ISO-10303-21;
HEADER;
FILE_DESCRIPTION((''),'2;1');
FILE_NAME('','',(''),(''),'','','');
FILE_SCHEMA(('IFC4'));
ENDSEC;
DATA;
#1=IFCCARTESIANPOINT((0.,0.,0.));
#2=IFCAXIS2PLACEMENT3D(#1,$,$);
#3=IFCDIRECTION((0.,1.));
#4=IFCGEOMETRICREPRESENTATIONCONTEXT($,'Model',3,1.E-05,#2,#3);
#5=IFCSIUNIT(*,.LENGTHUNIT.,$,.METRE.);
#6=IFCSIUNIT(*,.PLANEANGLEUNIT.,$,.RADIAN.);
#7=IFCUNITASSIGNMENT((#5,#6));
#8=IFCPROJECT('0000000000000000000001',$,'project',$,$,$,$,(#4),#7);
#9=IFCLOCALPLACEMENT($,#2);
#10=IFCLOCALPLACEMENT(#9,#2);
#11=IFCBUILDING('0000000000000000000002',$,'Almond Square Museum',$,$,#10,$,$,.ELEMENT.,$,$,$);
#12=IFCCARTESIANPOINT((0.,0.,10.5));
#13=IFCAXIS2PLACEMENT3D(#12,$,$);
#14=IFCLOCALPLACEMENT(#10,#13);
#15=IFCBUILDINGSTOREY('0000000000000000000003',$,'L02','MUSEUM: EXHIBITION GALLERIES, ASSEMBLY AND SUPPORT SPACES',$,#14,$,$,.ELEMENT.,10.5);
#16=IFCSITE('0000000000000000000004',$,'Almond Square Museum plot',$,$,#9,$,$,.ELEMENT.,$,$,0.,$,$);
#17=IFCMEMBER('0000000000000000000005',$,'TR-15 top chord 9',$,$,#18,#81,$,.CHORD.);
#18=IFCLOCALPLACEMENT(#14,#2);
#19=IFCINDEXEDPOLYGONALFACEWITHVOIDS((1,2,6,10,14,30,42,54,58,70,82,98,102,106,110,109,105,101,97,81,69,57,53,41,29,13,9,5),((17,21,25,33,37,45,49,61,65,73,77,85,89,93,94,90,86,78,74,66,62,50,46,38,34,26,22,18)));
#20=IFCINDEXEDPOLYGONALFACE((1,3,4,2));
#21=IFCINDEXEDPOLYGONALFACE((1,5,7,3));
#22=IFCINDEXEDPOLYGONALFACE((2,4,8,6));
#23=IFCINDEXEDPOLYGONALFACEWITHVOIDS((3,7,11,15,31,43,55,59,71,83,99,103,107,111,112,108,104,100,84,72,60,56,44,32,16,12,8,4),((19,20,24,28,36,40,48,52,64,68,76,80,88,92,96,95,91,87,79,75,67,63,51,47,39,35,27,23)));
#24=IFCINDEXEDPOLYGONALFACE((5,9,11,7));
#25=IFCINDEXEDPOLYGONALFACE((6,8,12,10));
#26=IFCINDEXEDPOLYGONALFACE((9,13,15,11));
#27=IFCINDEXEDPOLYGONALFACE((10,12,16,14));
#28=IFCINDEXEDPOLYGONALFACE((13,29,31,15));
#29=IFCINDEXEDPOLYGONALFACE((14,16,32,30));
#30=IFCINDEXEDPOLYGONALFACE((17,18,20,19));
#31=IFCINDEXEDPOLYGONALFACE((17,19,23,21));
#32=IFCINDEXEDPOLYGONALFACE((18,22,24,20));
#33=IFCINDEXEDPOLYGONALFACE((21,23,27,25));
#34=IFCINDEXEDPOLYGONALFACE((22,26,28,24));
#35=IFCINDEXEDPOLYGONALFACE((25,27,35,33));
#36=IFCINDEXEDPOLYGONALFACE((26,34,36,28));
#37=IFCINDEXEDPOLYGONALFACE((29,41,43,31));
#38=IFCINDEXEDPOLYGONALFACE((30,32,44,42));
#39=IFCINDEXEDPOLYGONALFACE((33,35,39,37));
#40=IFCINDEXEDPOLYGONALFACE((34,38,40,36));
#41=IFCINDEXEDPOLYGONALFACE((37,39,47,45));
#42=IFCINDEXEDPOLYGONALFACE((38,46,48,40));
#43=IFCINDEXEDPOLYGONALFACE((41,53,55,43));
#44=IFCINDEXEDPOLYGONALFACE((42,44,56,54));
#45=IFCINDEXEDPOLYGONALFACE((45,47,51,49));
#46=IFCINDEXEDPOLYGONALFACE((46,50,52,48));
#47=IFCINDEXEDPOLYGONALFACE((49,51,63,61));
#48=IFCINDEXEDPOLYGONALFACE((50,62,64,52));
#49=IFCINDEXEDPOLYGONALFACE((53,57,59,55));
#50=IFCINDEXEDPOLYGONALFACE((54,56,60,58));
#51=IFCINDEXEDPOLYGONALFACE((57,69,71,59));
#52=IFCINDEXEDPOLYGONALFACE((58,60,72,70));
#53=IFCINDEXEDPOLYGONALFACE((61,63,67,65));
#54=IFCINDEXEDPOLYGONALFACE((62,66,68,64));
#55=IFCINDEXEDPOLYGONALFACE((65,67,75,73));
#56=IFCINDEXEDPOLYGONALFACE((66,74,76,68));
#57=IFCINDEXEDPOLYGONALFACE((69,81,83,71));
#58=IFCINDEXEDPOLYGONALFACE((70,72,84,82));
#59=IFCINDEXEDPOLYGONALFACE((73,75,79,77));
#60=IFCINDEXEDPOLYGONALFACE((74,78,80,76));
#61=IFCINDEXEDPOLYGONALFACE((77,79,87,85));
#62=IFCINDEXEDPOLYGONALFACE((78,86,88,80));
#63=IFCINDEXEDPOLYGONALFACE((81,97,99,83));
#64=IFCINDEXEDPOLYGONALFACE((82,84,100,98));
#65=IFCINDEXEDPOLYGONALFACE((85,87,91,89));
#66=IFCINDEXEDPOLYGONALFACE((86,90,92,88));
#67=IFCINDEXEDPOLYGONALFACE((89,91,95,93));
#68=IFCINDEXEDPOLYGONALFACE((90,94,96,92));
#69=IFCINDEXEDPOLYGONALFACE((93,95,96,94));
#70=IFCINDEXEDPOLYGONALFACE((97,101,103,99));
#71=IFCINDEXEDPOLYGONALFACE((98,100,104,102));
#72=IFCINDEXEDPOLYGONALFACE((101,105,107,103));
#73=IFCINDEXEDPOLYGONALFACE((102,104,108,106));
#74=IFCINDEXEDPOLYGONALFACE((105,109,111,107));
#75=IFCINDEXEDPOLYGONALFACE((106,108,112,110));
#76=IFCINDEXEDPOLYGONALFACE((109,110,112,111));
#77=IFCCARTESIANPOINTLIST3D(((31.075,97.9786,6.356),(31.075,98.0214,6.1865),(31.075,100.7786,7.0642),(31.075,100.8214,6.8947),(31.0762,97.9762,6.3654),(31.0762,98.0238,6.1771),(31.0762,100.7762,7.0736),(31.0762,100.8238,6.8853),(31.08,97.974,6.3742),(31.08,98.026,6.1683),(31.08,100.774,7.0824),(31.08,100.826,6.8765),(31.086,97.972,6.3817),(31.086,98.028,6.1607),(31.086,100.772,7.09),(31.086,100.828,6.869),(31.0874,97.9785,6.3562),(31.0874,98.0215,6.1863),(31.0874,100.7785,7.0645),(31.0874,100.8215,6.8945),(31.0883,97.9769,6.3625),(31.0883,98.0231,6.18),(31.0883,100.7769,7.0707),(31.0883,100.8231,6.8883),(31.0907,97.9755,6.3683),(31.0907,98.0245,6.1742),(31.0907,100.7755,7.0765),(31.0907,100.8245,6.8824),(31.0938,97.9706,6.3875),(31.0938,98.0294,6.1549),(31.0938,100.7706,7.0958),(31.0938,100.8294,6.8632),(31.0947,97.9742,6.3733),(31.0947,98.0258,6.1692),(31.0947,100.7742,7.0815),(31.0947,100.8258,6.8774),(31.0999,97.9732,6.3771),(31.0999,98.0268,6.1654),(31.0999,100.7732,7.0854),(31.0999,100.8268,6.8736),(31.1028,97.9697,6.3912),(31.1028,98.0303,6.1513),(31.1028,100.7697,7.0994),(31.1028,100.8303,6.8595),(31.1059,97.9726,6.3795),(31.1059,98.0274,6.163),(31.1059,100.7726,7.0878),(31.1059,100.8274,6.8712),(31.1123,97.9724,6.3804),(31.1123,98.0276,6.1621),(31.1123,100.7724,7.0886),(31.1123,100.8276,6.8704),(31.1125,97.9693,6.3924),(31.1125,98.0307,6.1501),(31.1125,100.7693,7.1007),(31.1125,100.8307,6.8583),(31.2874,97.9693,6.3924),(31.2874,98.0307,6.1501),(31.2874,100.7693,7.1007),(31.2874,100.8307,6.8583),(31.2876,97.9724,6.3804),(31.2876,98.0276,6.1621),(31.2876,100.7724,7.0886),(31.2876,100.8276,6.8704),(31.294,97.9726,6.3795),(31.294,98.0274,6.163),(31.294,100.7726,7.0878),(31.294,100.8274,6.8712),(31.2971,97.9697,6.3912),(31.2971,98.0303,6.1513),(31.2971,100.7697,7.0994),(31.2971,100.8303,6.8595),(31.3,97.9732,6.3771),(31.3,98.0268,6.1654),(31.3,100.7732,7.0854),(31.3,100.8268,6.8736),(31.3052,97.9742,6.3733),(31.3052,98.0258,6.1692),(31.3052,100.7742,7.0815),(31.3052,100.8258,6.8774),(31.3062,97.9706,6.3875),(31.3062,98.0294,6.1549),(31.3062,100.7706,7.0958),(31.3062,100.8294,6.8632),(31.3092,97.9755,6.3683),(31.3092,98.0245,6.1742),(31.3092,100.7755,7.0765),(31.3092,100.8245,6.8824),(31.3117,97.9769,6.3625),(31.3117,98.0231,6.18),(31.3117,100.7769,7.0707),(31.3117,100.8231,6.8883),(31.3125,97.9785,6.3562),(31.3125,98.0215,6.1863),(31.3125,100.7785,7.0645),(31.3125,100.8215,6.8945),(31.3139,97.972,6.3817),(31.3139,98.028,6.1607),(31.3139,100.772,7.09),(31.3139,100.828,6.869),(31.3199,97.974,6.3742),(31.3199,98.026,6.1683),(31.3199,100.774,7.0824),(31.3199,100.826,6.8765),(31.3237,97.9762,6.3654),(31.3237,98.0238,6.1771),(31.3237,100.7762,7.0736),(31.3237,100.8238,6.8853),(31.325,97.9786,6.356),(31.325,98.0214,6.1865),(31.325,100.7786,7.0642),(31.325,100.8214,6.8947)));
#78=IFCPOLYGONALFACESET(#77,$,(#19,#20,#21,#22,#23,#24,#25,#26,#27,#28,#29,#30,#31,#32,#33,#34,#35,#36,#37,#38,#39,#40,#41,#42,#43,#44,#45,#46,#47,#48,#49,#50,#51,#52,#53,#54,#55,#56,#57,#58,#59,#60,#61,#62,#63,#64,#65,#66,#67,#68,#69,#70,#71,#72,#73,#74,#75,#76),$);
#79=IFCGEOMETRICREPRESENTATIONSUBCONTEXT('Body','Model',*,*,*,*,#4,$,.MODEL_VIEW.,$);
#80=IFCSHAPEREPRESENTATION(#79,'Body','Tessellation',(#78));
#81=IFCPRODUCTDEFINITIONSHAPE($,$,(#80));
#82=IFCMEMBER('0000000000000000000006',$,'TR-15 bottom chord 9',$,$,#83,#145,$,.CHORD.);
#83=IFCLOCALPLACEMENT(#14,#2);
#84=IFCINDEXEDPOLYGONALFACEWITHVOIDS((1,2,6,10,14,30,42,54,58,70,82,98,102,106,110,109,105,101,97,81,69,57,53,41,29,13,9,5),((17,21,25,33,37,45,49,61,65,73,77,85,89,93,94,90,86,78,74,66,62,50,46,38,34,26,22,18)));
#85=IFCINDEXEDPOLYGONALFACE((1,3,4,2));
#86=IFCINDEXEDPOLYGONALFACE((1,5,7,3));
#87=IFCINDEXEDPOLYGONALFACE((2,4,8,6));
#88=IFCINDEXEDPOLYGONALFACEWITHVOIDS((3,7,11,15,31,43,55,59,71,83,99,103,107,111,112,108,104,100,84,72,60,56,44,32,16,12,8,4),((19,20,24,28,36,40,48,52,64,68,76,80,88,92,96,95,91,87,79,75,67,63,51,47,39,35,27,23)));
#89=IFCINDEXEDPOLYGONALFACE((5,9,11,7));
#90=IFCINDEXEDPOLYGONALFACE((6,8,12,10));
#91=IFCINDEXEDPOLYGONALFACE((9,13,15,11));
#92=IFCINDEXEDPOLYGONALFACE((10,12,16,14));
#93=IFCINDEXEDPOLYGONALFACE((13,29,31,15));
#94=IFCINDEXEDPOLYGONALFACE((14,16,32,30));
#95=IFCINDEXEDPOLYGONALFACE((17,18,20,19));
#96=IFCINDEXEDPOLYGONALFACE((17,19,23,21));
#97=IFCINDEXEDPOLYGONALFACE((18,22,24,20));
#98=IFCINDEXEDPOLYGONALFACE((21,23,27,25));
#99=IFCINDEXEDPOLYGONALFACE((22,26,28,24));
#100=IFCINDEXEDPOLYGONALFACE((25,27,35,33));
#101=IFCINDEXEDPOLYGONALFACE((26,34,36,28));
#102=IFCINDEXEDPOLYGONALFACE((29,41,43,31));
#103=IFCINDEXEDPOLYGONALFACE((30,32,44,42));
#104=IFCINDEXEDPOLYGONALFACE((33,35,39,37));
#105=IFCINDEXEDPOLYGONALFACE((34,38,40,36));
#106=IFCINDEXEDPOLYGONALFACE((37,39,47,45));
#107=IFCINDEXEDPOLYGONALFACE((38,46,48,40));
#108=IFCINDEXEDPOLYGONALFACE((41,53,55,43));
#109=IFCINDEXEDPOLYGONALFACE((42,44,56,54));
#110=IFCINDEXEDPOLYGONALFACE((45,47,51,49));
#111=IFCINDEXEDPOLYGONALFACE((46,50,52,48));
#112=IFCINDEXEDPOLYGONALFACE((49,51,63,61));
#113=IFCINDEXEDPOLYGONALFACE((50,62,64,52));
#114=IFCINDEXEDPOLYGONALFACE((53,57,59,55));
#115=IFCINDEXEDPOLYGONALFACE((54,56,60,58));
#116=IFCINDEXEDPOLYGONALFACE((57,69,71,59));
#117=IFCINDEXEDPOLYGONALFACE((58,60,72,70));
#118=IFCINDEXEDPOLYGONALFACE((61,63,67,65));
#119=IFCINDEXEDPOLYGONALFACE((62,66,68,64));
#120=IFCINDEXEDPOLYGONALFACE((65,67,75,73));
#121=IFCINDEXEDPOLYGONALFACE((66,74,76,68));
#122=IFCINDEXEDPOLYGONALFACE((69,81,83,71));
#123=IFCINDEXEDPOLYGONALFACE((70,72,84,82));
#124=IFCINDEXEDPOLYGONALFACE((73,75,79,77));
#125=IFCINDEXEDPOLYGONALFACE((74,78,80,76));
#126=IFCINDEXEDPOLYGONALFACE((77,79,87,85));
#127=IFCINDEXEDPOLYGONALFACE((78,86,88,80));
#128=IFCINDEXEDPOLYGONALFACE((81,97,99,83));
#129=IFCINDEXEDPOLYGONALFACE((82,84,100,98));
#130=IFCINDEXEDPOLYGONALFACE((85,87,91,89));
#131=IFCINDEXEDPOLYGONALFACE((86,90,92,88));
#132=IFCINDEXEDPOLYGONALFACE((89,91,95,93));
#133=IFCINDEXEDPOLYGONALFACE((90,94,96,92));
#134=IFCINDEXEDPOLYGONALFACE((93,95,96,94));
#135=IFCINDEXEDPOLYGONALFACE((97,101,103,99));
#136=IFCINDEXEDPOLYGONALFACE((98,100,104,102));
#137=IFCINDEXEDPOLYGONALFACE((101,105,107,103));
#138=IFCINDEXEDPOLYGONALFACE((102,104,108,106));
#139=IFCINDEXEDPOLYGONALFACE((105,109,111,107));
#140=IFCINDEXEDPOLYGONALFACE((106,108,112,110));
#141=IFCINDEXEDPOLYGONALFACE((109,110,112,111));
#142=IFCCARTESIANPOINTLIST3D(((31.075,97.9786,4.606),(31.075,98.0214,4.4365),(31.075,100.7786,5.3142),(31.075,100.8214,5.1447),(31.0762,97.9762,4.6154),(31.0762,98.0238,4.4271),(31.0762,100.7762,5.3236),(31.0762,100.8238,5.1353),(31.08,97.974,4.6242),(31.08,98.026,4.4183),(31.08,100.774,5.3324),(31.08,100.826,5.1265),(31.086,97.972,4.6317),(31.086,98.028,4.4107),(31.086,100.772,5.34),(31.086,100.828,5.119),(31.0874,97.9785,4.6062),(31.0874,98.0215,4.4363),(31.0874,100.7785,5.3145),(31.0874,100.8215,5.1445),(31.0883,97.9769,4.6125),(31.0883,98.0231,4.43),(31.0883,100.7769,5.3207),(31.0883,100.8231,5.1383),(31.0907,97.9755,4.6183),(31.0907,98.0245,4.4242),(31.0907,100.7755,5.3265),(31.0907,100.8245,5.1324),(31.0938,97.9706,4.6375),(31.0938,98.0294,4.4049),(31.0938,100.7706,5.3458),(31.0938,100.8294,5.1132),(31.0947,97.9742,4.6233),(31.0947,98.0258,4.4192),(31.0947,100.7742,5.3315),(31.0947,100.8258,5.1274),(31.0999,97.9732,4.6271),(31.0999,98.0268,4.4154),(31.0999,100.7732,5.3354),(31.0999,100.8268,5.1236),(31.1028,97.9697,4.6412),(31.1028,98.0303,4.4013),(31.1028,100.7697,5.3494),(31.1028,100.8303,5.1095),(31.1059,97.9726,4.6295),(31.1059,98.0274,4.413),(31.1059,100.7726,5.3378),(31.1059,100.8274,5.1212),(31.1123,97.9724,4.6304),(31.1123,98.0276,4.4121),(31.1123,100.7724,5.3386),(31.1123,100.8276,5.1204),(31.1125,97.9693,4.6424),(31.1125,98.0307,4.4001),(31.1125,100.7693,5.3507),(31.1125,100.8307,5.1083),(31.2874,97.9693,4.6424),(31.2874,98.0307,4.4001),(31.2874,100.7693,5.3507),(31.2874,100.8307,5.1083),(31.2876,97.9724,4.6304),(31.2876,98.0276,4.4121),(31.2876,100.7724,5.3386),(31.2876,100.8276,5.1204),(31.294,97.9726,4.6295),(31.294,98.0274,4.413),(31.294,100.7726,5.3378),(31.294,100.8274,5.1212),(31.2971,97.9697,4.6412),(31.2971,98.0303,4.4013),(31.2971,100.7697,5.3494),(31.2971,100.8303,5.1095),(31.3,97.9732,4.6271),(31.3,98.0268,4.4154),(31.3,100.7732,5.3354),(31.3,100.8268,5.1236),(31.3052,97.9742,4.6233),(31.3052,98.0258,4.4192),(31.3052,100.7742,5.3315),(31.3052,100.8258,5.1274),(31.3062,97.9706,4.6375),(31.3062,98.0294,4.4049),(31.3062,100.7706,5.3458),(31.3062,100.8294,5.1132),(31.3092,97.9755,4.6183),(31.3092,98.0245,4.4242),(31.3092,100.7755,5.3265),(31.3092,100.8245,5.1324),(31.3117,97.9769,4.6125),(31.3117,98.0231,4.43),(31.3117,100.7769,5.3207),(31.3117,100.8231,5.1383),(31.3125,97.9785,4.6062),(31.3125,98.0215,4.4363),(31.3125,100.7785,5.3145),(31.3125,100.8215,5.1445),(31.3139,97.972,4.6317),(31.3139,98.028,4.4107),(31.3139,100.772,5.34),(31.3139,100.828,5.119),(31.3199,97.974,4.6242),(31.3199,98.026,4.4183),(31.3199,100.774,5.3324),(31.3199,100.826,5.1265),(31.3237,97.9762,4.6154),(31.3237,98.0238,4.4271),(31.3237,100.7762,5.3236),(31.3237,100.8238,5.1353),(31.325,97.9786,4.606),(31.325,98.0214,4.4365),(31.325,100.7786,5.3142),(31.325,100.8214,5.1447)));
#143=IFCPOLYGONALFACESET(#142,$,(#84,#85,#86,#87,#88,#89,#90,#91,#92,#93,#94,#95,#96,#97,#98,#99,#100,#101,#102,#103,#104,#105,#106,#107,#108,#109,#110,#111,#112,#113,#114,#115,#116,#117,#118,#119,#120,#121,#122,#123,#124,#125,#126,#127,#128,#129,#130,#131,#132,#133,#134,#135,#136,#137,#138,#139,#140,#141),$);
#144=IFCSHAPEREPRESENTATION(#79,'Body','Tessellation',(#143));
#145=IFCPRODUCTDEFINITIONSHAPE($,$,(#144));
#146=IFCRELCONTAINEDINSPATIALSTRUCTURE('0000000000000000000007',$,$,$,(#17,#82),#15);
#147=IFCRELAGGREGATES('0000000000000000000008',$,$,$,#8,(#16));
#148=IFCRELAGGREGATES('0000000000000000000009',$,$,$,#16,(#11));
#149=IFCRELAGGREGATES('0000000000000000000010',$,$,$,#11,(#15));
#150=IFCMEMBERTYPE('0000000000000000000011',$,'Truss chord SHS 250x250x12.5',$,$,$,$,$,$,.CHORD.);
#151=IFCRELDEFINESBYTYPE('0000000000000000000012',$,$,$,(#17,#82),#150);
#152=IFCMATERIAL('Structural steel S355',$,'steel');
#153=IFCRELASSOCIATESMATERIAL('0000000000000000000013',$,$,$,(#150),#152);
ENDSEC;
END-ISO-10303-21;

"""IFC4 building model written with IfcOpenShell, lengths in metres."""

from ifc_helpers import new_model, si_unit, direction, frame, origin, origin_2d, place, context, subcontext, project, spatial, hollow_rectangle, extrude, material, material_profile, profile_set, type_object, element, save


model = new_model("IFC4")

# Units and contexts
model_context = context("Model", 3, precision=1e-05, world=origin(), true_north=direction((0.0, 1.0)))
body_context = subcontext(model_context, "Body", "Model", "MODEL_VIEW")
ifc_project = project(units=[si_unit("LENGTHUNIT", "METRE"), si_unit("PLANEANGLEUNIT", "RADIAN")], contexts=[model_context])

# Site, building, storey
site_placement = place(None, origin())
site = spatial("IfcSite", under=ifc_project, at=site_placement, Name="Almond Square Museum plot", CompositionType="ELEMENT", RefElevation=0.0)
building_placement = place(site_placement, origin())
building = spatial("IfcBuilding", under=site, at=building_placement, Name="Almond Square Museum", CompositionType="ELEMENT")
storey_placement = place(building_placement, frame((0.0, 0.0, 10.5)))
storey = spatial("IfcBuildingStorey", under=building, at=storey_placement, Name="L02", Description="MUSEUM: EXHIBITION GALLERIES, ASSEMBLY AND SUPPORT SPACES", CompositionType="ELEMENT", Elevation=10.5)

# Members
ifc_material_1 = material(Name="Structural steel S355", Category="steel")
ifc_material_profile_1 = material_profile(ifc_material_1, hollow_rectangle(XDim=0.25, YDim=0.25, WallThickness=0.0125, InnerFilletRadius=0.0249, OuterFilletRadius=0.0376, at=origin_2d()))
ifc_profile_set_1 = profile_set([ifc_material_profile_1], Name="Structural steel S355")
member_type_1 = type_object("IfcMemberType", Name="Truss chord SHS 250x250x12.5", PredefinedType="CHORD", material=ifc_profile_set_1)
for number, where, z_axis, x_axis, name in (
    (1, (31.2, 98.0, 6.2712), (0.0, 0.969468, 0.24522), (-1.0, 0.0, 0.0), "TR-15 top chord 9"),
    (2, (31.2, 98.0, 4.5212), (0.0, 0.969468, 0.24522), (-1.0, 0.0, 0.0), "TR-15 bottom chord 9"),
):
    element("IfcMember", number, at=place(storey_placement, frame(where, z_axis=z_axis, x_axis=x_axis)), inside=storey, type_object=member_type_1, Name=name, PredefinedType="CHORD", context=body_context, shape_type="SweptSolid", body=[
        extrude(hollow_rectangle(XDim=0.25, YDim=0.25, WallThickness=0.0125, InnerFilletRadius=0.0249, OuterFilletRadius=0.0376, at=origin_2d()), origin(), (0.0, 0.0, 1.0), 2.8882),
    ])

save(model, "model.ifc")
